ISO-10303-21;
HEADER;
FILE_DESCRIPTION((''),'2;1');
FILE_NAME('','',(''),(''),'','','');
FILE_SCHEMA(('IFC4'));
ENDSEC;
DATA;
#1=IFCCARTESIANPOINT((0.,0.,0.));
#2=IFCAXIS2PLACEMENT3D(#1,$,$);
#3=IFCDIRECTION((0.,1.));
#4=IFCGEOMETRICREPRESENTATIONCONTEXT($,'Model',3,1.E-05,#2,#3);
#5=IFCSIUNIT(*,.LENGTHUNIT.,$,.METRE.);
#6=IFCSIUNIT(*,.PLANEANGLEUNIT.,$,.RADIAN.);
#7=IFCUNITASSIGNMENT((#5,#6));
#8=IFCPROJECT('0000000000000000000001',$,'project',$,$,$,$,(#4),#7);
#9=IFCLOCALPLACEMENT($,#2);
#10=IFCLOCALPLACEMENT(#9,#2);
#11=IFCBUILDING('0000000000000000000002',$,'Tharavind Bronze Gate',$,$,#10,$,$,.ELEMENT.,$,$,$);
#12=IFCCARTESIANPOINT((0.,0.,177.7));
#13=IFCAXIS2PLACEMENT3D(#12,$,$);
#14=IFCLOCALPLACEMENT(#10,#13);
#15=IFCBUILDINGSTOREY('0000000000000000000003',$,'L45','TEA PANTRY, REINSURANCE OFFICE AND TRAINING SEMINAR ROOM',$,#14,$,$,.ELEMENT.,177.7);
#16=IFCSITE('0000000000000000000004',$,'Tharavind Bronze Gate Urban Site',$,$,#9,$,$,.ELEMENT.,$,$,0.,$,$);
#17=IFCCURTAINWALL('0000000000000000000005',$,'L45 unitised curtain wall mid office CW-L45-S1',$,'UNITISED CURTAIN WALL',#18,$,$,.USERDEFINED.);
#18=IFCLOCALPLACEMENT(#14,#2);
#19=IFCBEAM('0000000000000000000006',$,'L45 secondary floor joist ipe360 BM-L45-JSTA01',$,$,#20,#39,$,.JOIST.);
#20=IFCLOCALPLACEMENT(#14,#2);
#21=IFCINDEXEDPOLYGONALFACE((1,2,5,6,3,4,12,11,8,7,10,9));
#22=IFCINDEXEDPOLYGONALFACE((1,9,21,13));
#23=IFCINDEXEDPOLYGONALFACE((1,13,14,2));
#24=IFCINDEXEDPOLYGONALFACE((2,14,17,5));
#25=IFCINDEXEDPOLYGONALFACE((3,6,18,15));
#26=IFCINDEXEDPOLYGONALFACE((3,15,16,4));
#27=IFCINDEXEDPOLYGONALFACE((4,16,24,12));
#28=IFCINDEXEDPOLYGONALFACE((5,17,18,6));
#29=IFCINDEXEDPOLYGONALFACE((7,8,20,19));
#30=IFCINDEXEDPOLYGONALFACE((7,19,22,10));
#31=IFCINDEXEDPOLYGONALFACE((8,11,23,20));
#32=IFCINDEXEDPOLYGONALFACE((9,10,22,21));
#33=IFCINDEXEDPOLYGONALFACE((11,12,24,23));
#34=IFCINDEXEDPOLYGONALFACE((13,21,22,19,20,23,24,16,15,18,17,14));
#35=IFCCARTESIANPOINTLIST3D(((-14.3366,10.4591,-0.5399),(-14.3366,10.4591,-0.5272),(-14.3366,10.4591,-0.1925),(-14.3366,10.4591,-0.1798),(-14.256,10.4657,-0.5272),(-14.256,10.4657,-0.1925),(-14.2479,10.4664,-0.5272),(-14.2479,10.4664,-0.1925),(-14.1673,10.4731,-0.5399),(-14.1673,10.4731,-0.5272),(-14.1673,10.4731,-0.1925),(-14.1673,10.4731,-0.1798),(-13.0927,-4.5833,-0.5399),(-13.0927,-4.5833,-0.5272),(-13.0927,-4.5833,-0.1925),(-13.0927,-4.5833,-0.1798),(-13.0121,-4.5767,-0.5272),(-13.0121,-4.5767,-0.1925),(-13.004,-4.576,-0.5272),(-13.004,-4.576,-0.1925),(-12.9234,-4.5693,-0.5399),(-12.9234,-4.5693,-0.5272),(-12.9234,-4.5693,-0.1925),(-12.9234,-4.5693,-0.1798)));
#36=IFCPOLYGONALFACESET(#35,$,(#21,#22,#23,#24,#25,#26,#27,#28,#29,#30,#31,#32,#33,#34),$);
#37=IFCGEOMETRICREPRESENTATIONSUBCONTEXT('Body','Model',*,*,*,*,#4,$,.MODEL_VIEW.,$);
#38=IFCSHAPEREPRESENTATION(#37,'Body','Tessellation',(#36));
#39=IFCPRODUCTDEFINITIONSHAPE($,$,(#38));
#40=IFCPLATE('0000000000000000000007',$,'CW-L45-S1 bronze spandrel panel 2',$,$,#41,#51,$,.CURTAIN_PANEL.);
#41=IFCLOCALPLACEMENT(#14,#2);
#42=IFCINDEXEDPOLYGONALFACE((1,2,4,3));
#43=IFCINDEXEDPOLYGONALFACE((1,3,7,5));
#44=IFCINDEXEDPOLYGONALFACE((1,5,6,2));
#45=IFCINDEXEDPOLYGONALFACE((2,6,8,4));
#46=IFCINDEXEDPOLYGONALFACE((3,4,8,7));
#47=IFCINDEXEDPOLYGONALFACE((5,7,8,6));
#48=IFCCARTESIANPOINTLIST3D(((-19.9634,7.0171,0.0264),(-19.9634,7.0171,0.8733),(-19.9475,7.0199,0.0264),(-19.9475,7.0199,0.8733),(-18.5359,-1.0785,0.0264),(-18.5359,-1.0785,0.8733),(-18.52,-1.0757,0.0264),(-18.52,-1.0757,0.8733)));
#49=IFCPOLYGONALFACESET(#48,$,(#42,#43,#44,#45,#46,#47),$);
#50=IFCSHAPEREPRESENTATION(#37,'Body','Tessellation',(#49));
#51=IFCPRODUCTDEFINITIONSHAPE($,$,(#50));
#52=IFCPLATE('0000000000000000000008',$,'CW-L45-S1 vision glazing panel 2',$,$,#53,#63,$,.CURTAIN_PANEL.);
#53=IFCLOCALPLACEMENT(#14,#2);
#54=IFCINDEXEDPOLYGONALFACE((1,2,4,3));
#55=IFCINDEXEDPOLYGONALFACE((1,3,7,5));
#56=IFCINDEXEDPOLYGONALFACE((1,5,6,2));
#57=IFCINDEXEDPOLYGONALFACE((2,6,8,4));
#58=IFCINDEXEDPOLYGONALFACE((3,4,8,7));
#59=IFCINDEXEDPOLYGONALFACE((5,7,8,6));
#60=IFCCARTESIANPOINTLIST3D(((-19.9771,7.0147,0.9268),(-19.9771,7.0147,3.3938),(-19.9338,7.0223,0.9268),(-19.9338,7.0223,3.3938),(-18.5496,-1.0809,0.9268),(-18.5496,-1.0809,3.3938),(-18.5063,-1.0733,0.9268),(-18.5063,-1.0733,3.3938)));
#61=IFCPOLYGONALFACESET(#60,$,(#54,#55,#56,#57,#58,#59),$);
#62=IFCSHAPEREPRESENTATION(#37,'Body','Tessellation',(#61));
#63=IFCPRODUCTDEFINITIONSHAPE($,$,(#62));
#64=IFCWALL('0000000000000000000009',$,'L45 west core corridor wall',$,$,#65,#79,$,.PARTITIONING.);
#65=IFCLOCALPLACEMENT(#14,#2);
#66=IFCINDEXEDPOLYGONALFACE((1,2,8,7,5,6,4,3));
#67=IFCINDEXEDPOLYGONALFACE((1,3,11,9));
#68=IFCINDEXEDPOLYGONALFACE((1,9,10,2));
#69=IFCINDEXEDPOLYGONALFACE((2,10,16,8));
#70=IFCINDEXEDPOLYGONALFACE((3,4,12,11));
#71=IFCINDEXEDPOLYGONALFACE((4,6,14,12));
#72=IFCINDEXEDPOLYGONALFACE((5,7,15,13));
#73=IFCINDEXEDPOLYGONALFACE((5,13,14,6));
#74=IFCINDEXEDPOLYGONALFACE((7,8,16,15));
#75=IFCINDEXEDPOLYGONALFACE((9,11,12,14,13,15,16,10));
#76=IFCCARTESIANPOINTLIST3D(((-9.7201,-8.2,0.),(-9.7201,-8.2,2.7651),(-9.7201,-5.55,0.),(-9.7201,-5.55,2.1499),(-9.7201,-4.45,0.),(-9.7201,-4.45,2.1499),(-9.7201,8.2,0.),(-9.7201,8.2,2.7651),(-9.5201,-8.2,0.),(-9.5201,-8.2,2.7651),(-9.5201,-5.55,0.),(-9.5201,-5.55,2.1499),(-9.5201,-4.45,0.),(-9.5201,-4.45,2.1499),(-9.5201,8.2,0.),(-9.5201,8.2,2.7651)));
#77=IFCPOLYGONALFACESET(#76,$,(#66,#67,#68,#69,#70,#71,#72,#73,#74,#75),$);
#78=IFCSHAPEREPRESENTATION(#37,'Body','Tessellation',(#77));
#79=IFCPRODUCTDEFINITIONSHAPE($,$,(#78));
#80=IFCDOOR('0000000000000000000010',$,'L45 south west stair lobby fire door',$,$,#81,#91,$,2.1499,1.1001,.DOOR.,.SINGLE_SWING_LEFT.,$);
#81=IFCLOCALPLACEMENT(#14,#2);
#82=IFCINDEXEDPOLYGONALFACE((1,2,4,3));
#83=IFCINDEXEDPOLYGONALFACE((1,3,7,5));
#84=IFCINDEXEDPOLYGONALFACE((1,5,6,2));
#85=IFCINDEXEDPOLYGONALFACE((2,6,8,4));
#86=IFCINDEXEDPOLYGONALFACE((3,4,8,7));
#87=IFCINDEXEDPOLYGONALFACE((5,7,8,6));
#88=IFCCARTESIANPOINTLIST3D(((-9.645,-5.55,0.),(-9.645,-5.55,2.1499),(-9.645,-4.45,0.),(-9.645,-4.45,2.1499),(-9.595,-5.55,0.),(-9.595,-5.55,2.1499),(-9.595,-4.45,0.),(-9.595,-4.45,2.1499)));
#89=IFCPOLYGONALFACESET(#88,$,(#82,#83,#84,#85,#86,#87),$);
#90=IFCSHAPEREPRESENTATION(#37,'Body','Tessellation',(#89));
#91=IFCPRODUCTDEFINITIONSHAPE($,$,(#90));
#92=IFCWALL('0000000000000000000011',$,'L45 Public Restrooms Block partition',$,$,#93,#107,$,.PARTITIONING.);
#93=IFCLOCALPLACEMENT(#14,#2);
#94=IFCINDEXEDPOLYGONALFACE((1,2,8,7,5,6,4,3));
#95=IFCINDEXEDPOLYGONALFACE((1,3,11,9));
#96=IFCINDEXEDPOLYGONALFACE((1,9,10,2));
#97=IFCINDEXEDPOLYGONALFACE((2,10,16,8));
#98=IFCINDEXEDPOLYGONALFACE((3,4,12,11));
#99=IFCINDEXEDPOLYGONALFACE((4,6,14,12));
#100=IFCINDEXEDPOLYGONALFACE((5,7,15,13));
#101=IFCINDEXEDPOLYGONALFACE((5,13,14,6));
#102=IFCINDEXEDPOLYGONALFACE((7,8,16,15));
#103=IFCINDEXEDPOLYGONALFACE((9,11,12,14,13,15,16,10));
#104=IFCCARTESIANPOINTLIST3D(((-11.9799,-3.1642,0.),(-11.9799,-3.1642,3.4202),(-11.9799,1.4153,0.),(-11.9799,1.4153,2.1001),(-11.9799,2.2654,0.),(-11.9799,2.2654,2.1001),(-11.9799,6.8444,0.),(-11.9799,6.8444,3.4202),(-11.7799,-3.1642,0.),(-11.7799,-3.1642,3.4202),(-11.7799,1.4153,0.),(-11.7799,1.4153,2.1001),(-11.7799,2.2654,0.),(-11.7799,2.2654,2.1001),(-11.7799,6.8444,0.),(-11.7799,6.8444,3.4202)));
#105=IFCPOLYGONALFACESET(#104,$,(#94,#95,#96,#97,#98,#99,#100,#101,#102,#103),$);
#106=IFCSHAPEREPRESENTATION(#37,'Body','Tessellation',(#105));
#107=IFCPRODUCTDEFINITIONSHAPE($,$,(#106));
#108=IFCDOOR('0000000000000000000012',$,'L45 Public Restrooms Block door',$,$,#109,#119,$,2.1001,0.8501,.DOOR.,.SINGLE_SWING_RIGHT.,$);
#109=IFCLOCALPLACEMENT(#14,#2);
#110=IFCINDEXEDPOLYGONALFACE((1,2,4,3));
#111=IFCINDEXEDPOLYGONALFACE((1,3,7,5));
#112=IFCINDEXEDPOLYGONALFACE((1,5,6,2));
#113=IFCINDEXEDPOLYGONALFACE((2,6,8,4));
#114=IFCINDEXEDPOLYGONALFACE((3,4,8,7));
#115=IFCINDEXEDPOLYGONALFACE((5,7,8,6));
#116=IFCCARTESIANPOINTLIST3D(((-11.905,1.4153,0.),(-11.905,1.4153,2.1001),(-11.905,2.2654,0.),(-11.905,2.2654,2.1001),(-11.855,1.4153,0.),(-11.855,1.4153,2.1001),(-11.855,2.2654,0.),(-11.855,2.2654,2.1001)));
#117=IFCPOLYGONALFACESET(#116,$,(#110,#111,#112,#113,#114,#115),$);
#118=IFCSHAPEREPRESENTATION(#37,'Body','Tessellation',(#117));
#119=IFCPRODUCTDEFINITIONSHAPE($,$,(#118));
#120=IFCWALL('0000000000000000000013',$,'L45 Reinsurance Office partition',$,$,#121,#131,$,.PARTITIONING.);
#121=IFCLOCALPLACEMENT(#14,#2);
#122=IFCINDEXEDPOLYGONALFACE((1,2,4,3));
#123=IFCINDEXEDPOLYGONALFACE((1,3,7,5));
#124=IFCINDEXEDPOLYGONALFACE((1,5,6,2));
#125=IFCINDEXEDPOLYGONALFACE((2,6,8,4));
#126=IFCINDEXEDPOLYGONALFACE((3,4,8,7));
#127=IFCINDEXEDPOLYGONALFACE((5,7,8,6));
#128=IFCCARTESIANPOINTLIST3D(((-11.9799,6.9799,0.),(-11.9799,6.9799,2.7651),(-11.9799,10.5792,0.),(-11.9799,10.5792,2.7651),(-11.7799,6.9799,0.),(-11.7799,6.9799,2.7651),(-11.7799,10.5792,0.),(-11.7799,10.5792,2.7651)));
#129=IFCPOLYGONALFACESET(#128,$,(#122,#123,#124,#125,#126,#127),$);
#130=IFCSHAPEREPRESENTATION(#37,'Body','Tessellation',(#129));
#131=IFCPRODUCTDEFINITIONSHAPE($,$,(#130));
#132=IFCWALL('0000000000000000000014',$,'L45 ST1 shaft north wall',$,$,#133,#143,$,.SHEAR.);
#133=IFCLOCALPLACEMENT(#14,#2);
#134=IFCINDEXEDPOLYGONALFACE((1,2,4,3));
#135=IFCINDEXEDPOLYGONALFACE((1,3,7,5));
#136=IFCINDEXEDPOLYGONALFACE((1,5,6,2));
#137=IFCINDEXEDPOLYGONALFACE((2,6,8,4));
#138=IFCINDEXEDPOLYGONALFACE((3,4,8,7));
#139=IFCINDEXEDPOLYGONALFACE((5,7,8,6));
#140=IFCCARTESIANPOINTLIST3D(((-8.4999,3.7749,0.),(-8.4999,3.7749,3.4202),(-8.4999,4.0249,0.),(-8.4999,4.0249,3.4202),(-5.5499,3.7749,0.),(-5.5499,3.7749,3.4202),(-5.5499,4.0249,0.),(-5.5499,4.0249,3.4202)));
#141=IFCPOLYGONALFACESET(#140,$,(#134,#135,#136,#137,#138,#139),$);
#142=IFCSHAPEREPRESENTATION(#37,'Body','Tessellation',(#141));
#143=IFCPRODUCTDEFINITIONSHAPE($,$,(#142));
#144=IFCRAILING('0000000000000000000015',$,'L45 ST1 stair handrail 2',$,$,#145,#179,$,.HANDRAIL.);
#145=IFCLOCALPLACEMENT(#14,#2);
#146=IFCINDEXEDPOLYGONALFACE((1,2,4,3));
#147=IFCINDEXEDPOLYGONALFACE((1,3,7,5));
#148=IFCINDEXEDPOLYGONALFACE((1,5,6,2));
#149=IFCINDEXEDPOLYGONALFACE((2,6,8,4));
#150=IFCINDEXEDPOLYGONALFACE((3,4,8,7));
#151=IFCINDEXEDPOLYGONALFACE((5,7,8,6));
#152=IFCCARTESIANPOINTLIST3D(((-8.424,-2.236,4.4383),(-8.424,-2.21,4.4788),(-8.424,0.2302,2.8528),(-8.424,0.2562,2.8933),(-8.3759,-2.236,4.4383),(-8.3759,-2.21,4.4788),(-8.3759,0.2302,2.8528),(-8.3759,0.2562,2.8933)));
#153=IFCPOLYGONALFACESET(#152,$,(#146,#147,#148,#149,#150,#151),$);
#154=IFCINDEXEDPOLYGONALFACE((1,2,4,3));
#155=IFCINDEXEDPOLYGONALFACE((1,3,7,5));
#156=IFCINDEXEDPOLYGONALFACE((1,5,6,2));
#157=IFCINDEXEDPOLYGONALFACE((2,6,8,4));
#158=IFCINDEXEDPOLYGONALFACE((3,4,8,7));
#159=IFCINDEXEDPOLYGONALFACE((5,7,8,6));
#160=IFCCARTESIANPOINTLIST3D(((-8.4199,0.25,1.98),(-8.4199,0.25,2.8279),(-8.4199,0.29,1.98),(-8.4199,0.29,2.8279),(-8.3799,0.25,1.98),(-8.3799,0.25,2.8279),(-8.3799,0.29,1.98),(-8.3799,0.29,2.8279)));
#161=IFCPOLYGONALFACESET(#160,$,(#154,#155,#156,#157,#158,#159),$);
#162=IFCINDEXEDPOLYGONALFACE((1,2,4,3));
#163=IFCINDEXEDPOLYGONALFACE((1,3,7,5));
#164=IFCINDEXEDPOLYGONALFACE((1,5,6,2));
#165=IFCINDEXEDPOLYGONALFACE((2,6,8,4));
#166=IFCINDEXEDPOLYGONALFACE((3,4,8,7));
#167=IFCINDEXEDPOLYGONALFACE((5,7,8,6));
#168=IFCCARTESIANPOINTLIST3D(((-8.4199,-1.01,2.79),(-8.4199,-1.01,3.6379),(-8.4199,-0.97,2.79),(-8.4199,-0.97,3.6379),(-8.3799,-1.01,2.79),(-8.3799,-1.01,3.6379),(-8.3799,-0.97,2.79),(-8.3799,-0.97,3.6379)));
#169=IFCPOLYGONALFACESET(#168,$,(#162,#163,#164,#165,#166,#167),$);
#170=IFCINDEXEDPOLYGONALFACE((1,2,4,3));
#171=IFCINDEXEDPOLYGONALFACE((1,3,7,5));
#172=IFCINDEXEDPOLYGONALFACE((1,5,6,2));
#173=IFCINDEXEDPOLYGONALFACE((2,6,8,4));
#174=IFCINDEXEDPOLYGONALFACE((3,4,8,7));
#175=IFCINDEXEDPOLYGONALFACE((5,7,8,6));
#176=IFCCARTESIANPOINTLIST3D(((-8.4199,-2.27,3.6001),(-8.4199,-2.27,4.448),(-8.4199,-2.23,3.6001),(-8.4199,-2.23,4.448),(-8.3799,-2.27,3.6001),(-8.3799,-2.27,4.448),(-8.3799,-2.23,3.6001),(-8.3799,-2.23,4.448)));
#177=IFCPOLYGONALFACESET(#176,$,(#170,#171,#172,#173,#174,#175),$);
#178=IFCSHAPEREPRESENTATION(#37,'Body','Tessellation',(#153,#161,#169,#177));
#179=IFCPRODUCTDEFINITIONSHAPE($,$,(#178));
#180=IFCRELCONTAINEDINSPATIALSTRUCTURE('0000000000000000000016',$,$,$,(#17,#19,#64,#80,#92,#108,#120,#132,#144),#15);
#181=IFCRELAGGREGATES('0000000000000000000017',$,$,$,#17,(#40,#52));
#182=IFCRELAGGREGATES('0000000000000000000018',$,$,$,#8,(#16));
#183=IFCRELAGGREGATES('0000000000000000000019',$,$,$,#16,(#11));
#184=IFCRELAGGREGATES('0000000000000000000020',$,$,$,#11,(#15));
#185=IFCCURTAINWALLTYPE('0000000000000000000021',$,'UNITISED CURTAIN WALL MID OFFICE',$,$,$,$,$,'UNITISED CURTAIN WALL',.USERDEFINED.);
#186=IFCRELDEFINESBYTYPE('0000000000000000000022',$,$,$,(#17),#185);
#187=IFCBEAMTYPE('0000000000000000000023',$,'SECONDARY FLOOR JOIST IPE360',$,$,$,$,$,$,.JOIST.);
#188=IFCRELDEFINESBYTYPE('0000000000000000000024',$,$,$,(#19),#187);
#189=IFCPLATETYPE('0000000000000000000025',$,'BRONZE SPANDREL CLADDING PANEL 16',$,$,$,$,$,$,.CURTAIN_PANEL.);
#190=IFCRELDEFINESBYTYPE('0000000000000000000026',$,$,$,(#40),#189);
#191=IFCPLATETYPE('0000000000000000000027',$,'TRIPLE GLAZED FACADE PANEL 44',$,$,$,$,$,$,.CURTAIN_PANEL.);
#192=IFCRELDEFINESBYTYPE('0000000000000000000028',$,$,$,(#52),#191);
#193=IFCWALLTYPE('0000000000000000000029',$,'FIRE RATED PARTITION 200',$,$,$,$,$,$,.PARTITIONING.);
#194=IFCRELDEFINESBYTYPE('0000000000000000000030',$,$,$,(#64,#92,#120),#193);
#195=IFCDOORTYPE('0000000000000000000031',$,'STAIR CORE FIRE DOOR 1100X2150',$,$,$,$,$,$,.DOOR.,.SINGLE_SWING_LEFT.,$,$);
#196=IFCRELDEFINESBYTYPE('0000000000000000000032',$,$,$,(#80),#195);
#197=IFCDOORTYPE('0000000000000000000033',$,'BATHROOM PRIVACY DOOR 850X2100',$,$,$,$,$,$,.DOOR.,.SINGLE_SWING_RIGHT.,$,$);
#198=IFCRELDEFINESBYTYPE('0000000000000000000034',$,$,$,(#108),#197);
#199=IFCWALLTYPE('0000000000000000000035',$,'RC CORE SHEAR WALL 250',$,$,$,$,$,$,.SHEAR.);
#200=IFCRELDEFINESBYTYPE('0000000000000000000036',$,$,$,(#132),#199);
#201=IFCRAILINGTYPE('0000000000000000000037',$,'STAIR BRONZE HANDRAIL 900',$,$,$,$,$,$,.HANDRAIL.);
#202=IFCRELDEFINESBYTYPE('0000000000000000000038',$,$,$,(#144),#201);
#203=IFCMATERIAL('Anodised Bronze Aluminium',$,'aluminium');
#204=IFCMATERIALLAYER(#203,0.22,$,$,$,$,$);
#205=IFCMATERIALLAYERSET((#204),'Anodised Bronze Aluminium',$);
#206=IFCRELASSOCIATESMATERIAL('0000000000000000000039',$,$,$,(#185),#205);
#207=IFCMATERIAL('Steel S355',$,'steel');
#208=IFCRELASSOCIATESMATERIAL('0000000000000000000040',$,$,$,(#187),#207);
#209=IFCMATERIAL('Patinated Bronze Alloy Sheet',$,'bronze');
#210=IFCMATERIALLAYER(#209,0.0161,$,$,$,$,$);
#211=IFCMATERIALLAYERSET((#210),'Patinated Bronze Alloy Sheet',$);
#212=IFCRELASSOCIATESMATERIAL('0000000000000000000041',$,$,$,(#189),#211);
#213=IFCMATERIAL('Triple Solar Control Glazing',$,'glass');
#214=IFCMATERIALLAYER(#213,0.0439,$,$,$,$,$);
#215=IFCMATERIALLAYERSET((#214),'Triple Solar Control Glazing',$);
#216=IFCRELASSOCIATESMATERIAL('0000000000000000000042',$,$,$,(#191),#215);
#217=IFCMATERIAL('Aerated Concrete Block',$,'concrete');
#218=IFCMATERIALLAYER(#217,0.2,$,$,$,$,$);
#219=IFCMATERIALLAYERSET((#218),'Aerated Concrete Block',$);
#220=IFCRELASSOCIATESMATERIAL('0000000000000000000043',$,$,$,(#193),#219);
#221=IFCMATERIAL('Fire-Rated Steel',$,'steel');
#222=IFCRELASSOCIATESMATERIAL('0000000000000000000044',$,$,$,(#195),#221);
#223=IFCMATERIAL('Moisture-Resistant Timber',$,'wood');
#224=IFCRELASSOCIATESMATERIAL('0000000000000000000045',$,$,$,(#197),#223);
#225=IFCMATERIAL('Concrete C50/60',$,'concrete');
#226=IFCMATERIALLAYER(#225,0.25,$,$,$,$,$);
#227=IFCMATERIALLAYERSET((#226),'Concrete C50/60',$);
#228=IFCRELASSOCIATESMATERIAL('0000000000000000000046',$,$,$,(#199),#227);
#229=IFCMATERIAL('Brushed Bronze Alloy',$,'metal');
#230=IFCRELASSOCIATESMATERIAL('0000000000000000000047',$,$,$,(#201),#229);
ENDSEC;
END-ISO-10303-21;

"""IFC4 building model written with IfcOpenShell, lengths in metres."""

from ifc_helpers import new_model, si_unit, direction, frame, frame_2d, origin, origin_2d, place, context, subcontext, project, spatial, rectangle, i_section, extrude, material, layer, layer_set, material_profile, profile_set, type_object, element, fill, aggregate, save


model = new_model("IFC4")

# Units and contexts
model_context = context("Model", 3, precision=1e-05, world=origin(), true_north=direction((0.0, 1.0)))
body_context = subcontext(model_context, "Body", "Model", "MODEL_VIEW")
ifc_project = project(units=[si_unit("LENGTHUNIT", "METRE"), si_unit("PLANEANGLEUNIT", "RADIAN")], contexts=[model_context])

# Site, building, storey
site_placement = place(None, origin())
site = spatial("IfcSite", under=ifc_project, at=site_placement, Name="Tharavind Bronze Gate Urban Site", CompositionType="ELEMENT", RefElevation=0.0)
building_placement = place(site_placement, origin())
building = spatial("IfcBuilding", under=site, at=building_placement, Name="Tharavind Bronze Gate", CompositionType="ELEMENT")
storey_placement = place(building_placement, frame((0.0, 0.0, 177.7)))
storey = spatial("IfcBuildingStorey", under=building, at=storey_placement, Name="L45", Description="TEA PANTRY, REINSURANCE OFFICE AND TRAINING SEMINAR ROOM", CompositionType="ELEMENT", Elevation=177.7)

# Curtain wall
ifc_material_1 = material(Name="Anodised Bronze Aluminium", Category="aluminium")
ifc_layer_1 = layer(ifc_material_1, 0.22)
ifc_layer_set_1 = layer_set([ifc_layer_1], Name="Anodised Bronze Aluminium")
curtain_wall_type = type_object("IfcCurtainWallType", Name="UNITISED CURTAIN WALL MID OFFICE", ElementType="UNITISED CURTAIN WALL", PredefinedType="USERDEFINED", material=ifc_layer_set_1)
curtain_wall_placement = place(storey_placement, origin())
curtain_wall = element("IfcCurtainWall", 1, at=curtain_wall_placement, inside=storey, type_object=curtain_wall_type, Name="L45 unitised curtain wall mid office CW-L45-S1", ObjectType="UNITISED CURTAIN WALL", PredefinedType="USERDEFINED")

# Beam
ifc_material_2 = material(Name="Steel S355", Category="steel")
ifc_material_profile_1 = material_profile(ifc_material_2, i_section(OverallWidth=0.1699, OverallDepth=0.3601, WebThickness=0.0081, FlangeThickness=0.0127, at=origin_2d()), Name="IPE360")
ifc_profile_set_1 = profile_set([ifc_material_profile_1], Name="Steel S355")
beam_type_1 = type_object("IfcBeamType", Name="SECONDARY FLOOR JOIST IPE360", PredefinedType="JOIST", material=ifc_profile_set_1)
beam_1_placement = place(storey_placement, frame((-14.252, 10.4661, -0.3599), z_axis=(0.082411, -0.996598, 0.0), x_axis=(0.996598, 0.082411, 0.0)))
element("IfcBeam", 2, at=beam_1_placement, inside=storey, type_object=beam_type_1, Name="L45 secondary floor joist ipe360 BM-L45-JSTA01", PredefinedType="JOIST", context=body_context, shape_type="SweptSolid", body=[
    extrude(i_section(OverallWidth=0.1699, OverallDepth=0.3601, WebThickness=0.0081, FlangeThickness=0.0127, at=origin_2d()), origin(), (0.0, 0.0, 1.0), 15.0938),
])

# Plates
ifc_material_3 = material(Name="Patinated Bronze Alloy Sheet", Category="bronze")
ifc_layer_2 = layer(ifc_material_3, 0.0161)
ifc_layer_set_2 = layer_set([ifc_layer_2], Name="Patinated Bronze Alloy Sheet")
plate_type_1 = type_object("IfcPlateType", Name="BRONZE SPANDREL CLADDING PANEL 16", PredefinedType="CURTAIN_PANEL", material=ifc_layer_set_2)
plate_1_placement = place(storey_placement, frame((-19.2417, 2.9707, 0.0264), z_axis=(0.0, 0.0, 1.0), x_axis=(0.173648, -0.984808, 0.0)))
plate_1 = element("IfcPlate", 3, at=plate_1_placement, type_object=plate_type_1, Name="CW-L45-S1 bronze spandrel panel 2", PredefinedType="CURTAIN_PANEL", context=body_context, shape_type="SweptSolid", body=[
    extrude(rectangle(XDim=8.2205, YDim=0.0161, at=origin_2d()), origin(), (0.0, 0.0, 1.0), 0.8469),
])
ifc_material_4 = material(Name="Triple Solar Control Glazing", Category="glass")
ifc_layer_3 = layer(ifc_material_4, 0.0439)
ifc_layer_set_3 = layer_set([ifc_layer_3], Name="Triple Solar Control Glazing")
plate_type_2 = type_object("IfcPlateType", Name="TRIPLE GLAZED FACADE PANEL 44", PredefinedType="CURTAIN_PANEL", material=ifc_layer_set_3)
plate_2_placement = place(storey_placement, frame((-19.2417, 2.9707, 0.9268), z_axis=(0.0, 0.0, 1.0), x_axis=(0.173648, -0.984808, 0.0)))
plate_2 = element("IfcPlate", 4, at=plate_2_placement, type_object=plate_type_2, Name="CW-L45-S1 vision glazing panel 2", PredefinedType="CURTAIN_PANEL", context=body_context, shape_type="SweptSolid", body=[
    extrude(rectangle(XDim=8.2205, YDim=0.0439, at=origin_2d()), origin(), (0.0, 0.0, 1.0), 2.467),
])
aggregate(curtain_wall, [plate_1, plate_2])

# Walls, openings, doors
ifc_material_5 = material(Name="Aerated Concrete Block", Category="concrete")
ifc_layer_4 = layer(ifc_material_5, 0.2)
ifc_layer_set_4 = layer_set([ifc_layer_4], Name="Aerated Concrete Block")
wall_type_1 = type_object("IfcWallType", Name="FIRE RATED PARTITION 200", PredefinedType="PARTITIONING", material=ifc_layer_set_4)
wall_1_placement = place(storey_placement, frame((-9.6201, 8.2, 0.0), z_axis=(0.0, 0.0, 1.0), x_axis=(0.0, -1.0, 0.0)))
wall_1 = element("IfcWall", 5, at=wall_1_placement, inside=storey, type_object=wall_type_1, Name="L45 west core corridor wall", PredefinedType="PARTITIONING", context=body_context, shape_type="SweptSolid", body=[
    extrude(rectangle(XDim=16.3999, YDim=0.2, at=frame_2d((8.2, 0.0))), origin(), (0.0, 0.0, 1.0), 2.7651),
])
opening_1_placement = place(wall_1_placement, frame((12.6499, 0.0, 0.0)))
opening_1 = element("IfcOpeningElement", 6, at=opening_1_placement, cuts=wall_1, PredefinedType="OPENING", context=body_context, shape_type="SweptSolid", body=[
    extrude(rectangle(XDim=1.1001, YDim=2.1499, at=frame_2d((0.55, 1.075))), frame((0.0, 0.1101, 0.0), z_axis=(0.0, -1.0, 0.0), x_axis=(1.0, 0.0, 0.0)), (0.0, 0.0, 1.0), 0.22),
])
ifc_material_6 = material(Name="Fire-Rated Steel", Category="steel")
door_type_1 = type_object("IfcDoorType", Name="STAIR CORE FIRE DOOR 1100X2150", OperationType="SINGLE_SWING_LEFT", PredefinedType="DOOR", material=ifc_material_6)
door_1_placement = place(opening_1_placement, frame((1.1001, 0.0, 0.0), z_axis=(0.0, 0.0, 1.0), x_axis=(-1.0, 0.0, 0.0)))
door_1 = element("IfcDoor", 7, at=door_1_placement, inside=storey, type_object=door_type_1, Name="L45 south west stair lobby fire door", OperationType="SINGLE_SWING_LEFT", OverallHeight=2.1499, OverallWidth=1.1001, PredefinedType="DOOR", context=body_context, shape_type="SweptSolid", body=[
    extrude(rectangle(XDim=1.1001, YDim=2.1499, at=frame_2d((0.55, 1.075))), frame((0.0, 0.0249, 0.0), z_axis=(0.0, -1.0, 0.0), x_axis=(1.0, 0.0, 0.0)), (0.0, 0.0, 1.0), 0.05),
])
fill(opening_1, door_1)
wall_2_placement = place(storey_placement, frame((-11.8799, 6.8445, 0.0), z_axis=(0.0, 0.0, 1.0), x_axis=(0.0, -1.0, 0.0)))
wall_2 = element("IfcWall", 8, at=wall_2_placement, inside=storey, type_object=wall_type_1, Name="L45 Public Restrooms Block partition", PredefinedType="PARTITIONING", context=body_context, shape_type="SweptSolid", body=[
    extrude(rectangle(XDim=10.0085, YDim=0.2, at=frame_2d((5.0044, 0.0))), origin(), (0.0, 0.0, 1.0), 3.4202),
])
opening_2_placement = place(wall_2_placement, frame((4.5791, 0.0, 0.0)))
opening_2 = element("IfcOpeningElement", 9, at=opening_2_placement, cuts=wall_2, PredefinedType="OPENING", context=body_context, shape_type="SweptSolid", body=[
    extrude(rectangle(XDim=0.8501, YDim=2.1001, at=frame_2d((0.425, 1.05))), frame((0.0, 0.1101, 0.0), z_axis=(0.0, -1.0, 0.0), x_axis=(1.0, 0.0, 0.0)), (0.0, 0.0, 1.0), 0.22),
])
ifc_material_7 = material(Name="Moisture-Resistant Timber", Category="wood")
door_type_2 = type_object("IfcDoorType", Name="BATHROOM PRIVACY DOOR 850X2100", OperationType="SINGLE_SWING_RIGHT", PredefinedType="DOOR", material=ifc_material_7)
door_2_placement = place(opening_2_placement, origin())
door_2 = element("IfcDoor", 10, at=door_2_placement, inside=storey, type_object=door_type_2, Name="L45 Public Restrooms Block door", OperationType="SINGLE_SWING_RIGHT", OverallHeight=2.1001, OverallWidth=0.8501, PredefinedType="DOOR", context=body_context, shape_type="SweptSolid", body=[
    extrude(rectangle(XDim=0.8501, YDim=2.1001, at=frame_2d((0.425, 1.05))), frame((0.0, 0.0249, 0.0), z_axis=(0.0, -1.0, 0.0), x_axis=(1.0, 0.0, 0.0)), (0.0, 0.0, 1.0), 0.05),
])
fill(opening_2, door_2)

# Walls
wall_3_placement = place(storey_placement, frame((-11.8799, 10.5793, 0.0), z_axis=(0.0, 0.0, 1.0), x_axis=(0.0, -1.0, 0.0)))
element("IfcWall", 11, at=wall_3_placement, inside=storey, type_object=wall_type_1, Name="L45 Reinsurance Office partition", PredefinedType="PARTITIONING", context=body_context, shape_type="SweptSolid", body=[
    extrude(rectangle(XDim=3.5994, YDim=0.2, at=frame_2d((1.7998, 0.0))), origin(), (0.0, 0.0, 1.0), 2.7651),
])
ifc_material_8 = material(Name="Concrete C50/60", Category="concrete")
ifc_layer_5 = layer(ifc_material_8, 0.25)
ifc_layer_set_5 = layer_set([ifc_layer_5], Name="Concrete C50/60")
wall_type_2 = type_object("IfcWallType", Name="RC CORE SHEAR WALL 250", PredefinedType="SHEAR", material=ifc_layer_set_5)
wall_4_placement = place(storey_placement, frame((-8.5, 3.8999, 0.0), z_axis=(0.0, 0.0, 1.0), x_axis=(1.0, 0.0, 0.0)))
element("IfcWall", 12, at=wall_4_placement, inside=storey, type_object=wall_type_2, Name="L45 ST1 shaft north wall", PredefinedType="SHEAR", context=body_context, shape_type="SweptSolid", body=[
    extrude(rectangle(XDim=2.95, YDim=0.25, at=frame_2d((1.4751, 0.0))), origin(), (0.0, 0.0, 1.0), 3.4202),
])

# Railing
ifc_material_9 = material(Name="Brushed Bronze Alloy", Category="metal")
railing_type = type_object("IfcRailingType", Name="STAIR BRONZE HANDRAIL 900", PredefinedType="HANDRAIL", material=ifc_material_9)
railing_placement = place(storey_placement, frame((-8.3999, 0.27, 1.98)))
element("IfcRailing", 13, at=railing_placement, inside=storey, type_object=railing_type, Name="L45 ST1 stair handrail 2", PredefinedType="HANDRAIL", context=body_context, shape_type="SweptSolid", body=[
    extrude(rectangle(XDim=0.0481, YDim=0.0481, at=origin_2d()), frame((0.0, -0.0269, 0.8931), z_axis=(0.0, -0.841163, 0.540782), x_axis=(1.0, 0.0, 0.0)), (0.0, 0.0, 1.0), 2.9319),
    extrude(rectangle(XDim=0.04, YDim=0.04, at=origin_2d()), origin(), (0.0, 0.0, 1.0), 0.8479),
    extrude(rectangle(XDim=0.04, YDim=0.04, at=origin_2d()), frame((0.0, -1.26, 0.8101)), (0.0, 0.0, 1.0), 0.8479),
    extrude(rectangle(XDim=0.04, YDim=0.04, at=origin_2d()), frame((0.0, -2.52, 1.6201)), (0.0, 0.0, 1.0), 0.8479),
])

save(model, "model.ifc")
